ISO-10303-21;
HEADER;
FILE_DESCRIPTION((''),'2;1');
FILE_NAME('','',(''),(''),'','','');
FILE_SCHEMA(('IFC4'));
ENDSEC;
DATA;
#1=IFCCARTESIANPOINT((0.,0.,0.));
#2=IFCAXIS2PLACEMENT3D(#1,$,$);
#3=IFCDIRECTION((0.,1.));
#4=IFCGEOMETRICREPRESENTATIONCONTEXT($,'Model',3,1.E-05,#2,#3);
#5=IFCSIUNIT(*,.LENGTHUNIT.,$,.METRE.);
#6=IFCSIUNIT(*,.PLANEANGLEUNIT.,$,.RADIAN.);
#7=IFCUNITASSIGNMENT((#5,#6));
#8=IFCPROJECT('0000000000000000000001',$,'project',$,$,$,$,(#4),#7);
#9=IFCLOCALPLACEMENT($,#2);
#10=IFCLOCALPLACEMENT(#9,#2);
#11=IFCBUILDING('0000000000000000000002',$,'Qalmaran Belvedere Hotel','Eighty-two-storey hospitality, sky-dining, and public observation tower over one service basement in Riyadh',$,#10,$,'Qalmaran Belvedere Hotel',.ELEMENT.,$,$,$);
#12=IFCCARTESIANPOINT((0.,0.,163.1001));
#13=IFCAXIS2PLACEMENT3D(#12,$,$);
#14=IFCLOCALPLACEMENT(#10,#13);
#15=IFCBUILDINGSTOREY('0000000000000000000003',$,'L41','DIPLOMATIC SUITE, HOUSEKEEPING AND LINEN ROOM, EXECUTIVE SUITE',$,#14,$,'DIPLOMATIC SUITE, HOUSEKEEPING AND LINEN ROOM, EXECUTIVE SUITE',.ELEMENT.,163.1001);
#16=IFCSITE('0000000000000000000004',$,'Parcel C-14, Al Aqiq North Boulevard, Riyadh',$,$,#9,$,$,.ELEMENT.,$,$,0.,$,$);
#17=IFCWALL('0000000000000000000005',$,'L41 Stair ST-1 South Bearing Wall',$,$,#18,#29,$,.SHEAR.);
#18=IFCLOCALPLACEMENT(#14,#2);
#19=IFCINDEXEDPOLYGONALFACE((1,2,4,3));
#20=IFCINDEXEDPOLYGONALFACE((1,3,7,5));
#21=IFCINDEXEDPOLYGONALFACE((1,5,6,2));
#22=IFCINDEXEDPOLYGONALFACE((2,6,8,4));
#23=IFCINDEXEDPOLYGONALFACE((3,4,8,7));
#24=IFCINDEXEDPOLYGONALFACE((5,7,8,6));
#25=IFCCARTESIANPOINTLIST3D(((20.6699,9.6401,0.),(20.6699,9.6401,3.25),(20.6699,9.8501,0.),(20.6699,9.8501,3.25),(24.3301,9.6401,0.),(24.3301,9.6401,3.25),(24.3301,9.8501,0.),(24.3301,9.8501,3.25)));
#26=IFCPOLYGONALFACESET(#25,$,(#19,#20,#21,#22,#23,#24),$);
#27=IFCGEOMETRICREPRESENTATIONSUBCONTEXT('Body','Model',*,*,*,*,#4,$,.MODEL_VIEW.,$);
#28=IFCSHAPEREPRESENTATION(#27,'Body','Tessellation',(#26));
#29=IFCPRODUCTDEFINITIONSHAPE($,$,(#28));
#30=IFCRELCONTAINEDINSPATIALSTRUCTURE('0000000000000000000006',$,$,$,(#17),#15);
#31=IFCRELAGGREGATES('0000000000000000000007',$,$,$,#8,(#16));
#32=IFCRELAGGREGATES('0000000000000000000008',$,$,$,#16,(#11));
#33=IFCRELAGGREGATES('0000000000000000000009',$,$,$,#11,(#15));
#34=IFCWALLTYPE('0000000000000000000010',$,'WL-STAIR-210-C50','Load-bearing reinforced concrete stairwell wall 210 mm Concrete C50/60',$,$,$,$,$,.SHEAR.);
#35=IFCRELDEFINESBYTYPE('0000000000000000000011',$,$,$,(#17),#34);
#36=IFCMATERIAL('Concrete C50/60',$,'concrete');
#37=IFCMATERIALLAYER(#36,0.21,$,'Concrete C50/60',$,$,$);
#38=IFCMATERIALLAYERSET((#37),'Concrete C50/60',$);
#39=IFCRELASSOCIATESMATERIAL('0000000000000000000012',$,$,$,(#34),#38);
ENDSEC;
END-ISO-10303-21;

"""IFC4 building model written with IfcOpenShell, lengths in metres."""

from ifc_helpers import new_model, si_unit, direction, frame, frame_2d, origin, place, context, subcontext, project, spatial, rectangle, extrude, material, layer, layer_set, type_object, element, save


model = new_model("IFC4")

# Units and contexts
model_context = context("Model", 3, precision=1e-05, world=origin(), true_north=direction((0.0, 1.0)))
body_context = subcontext(model_context, "Body", "Model", "MODEL_VIEW")
ifc_project = project(units=[si_unit("LENGTHUNIT", "METRE"), si_unit("PLANEANGLEUNIT", "RADIAN")], contexts=[model_context])

# Site, building, storey
site_placement = place(None, origin())
site = spatial("IfcSite", under=ifc_project, at=site_placement, Name="Parcel C-14, Al Aqiq North Boulevard, Riyadh", CompositionType="ELEMENT", RefElevation=0.0)
building_placement = place(site_placement, origin())
building = spatial("IfcBuilding", under=site, at=building_placement, Name="Qalmaran Belvedere Hotel", Description="Eighty-two-storey hospitality, sky-dining, and public observation tower over one service basement in Riyadh", LongName="Qalmaran Belvedere Hotel", CompositionType="ELEMENT")
storey_placement = place(building_placement, frame((0.0, 0.0, 163.1001)))
storey = spatial("IfcBuildingStorey", under=building, at=storey_placement, Name="L41", Description="DIPLOMATIC SUITE, HOUSEKEEPING AND LINEN ROOM, EXECUTIVE SUITE", LongName="DIPLOMATIC SUITE, HOUSEKEEPING AND LINEN ROOM, EXECUTIVE SUITE", CompositionType="ELEMENT", Elevation=163.1001)

# Shared definitions
ifc_material_1 = material(Name="Concrete C50/60", Category="concrete")

# Wall
ifc_layer_1 = layer(ifc_material_1, 0.21, Name="Concrete C50/60")
ifc_layer_set_1 = layer_set([ifc_layer_1], Name="Concrete C50/60")
wall_type_1 = type_object("IfcWallType", Name="WL-STAIR-210-C50", Description="Load-bearing reinforced concrete stairwell wall 210 mm Concrete C50/60", PredefinedType="SHEAR", material=ifc_layer_set_1)
wall_1_placement = place(storey_placement, frame((20.6699, 9.7451, 0.0), z_axis=(0.0, 0.0, 1.0), x_axis=(1.0, 0.0, 0.0)))
element("IfcWall", 1, at=wall_1_placement, inside=storey, type_object=wall_type_1, Name="L41 Stair ST-1 South Bearing Wall", PredefinedType="SHEAR", context=body_context, shape_type="SweptSolid", body=[
    extrude(rectangle(XDim=3.6602, YDim=0.21, at=frame_2d((1.8301, 0.0))), origin(), (0.0, 0.0, 1.0), 3.25),
])

save(model, "model.ifc")
